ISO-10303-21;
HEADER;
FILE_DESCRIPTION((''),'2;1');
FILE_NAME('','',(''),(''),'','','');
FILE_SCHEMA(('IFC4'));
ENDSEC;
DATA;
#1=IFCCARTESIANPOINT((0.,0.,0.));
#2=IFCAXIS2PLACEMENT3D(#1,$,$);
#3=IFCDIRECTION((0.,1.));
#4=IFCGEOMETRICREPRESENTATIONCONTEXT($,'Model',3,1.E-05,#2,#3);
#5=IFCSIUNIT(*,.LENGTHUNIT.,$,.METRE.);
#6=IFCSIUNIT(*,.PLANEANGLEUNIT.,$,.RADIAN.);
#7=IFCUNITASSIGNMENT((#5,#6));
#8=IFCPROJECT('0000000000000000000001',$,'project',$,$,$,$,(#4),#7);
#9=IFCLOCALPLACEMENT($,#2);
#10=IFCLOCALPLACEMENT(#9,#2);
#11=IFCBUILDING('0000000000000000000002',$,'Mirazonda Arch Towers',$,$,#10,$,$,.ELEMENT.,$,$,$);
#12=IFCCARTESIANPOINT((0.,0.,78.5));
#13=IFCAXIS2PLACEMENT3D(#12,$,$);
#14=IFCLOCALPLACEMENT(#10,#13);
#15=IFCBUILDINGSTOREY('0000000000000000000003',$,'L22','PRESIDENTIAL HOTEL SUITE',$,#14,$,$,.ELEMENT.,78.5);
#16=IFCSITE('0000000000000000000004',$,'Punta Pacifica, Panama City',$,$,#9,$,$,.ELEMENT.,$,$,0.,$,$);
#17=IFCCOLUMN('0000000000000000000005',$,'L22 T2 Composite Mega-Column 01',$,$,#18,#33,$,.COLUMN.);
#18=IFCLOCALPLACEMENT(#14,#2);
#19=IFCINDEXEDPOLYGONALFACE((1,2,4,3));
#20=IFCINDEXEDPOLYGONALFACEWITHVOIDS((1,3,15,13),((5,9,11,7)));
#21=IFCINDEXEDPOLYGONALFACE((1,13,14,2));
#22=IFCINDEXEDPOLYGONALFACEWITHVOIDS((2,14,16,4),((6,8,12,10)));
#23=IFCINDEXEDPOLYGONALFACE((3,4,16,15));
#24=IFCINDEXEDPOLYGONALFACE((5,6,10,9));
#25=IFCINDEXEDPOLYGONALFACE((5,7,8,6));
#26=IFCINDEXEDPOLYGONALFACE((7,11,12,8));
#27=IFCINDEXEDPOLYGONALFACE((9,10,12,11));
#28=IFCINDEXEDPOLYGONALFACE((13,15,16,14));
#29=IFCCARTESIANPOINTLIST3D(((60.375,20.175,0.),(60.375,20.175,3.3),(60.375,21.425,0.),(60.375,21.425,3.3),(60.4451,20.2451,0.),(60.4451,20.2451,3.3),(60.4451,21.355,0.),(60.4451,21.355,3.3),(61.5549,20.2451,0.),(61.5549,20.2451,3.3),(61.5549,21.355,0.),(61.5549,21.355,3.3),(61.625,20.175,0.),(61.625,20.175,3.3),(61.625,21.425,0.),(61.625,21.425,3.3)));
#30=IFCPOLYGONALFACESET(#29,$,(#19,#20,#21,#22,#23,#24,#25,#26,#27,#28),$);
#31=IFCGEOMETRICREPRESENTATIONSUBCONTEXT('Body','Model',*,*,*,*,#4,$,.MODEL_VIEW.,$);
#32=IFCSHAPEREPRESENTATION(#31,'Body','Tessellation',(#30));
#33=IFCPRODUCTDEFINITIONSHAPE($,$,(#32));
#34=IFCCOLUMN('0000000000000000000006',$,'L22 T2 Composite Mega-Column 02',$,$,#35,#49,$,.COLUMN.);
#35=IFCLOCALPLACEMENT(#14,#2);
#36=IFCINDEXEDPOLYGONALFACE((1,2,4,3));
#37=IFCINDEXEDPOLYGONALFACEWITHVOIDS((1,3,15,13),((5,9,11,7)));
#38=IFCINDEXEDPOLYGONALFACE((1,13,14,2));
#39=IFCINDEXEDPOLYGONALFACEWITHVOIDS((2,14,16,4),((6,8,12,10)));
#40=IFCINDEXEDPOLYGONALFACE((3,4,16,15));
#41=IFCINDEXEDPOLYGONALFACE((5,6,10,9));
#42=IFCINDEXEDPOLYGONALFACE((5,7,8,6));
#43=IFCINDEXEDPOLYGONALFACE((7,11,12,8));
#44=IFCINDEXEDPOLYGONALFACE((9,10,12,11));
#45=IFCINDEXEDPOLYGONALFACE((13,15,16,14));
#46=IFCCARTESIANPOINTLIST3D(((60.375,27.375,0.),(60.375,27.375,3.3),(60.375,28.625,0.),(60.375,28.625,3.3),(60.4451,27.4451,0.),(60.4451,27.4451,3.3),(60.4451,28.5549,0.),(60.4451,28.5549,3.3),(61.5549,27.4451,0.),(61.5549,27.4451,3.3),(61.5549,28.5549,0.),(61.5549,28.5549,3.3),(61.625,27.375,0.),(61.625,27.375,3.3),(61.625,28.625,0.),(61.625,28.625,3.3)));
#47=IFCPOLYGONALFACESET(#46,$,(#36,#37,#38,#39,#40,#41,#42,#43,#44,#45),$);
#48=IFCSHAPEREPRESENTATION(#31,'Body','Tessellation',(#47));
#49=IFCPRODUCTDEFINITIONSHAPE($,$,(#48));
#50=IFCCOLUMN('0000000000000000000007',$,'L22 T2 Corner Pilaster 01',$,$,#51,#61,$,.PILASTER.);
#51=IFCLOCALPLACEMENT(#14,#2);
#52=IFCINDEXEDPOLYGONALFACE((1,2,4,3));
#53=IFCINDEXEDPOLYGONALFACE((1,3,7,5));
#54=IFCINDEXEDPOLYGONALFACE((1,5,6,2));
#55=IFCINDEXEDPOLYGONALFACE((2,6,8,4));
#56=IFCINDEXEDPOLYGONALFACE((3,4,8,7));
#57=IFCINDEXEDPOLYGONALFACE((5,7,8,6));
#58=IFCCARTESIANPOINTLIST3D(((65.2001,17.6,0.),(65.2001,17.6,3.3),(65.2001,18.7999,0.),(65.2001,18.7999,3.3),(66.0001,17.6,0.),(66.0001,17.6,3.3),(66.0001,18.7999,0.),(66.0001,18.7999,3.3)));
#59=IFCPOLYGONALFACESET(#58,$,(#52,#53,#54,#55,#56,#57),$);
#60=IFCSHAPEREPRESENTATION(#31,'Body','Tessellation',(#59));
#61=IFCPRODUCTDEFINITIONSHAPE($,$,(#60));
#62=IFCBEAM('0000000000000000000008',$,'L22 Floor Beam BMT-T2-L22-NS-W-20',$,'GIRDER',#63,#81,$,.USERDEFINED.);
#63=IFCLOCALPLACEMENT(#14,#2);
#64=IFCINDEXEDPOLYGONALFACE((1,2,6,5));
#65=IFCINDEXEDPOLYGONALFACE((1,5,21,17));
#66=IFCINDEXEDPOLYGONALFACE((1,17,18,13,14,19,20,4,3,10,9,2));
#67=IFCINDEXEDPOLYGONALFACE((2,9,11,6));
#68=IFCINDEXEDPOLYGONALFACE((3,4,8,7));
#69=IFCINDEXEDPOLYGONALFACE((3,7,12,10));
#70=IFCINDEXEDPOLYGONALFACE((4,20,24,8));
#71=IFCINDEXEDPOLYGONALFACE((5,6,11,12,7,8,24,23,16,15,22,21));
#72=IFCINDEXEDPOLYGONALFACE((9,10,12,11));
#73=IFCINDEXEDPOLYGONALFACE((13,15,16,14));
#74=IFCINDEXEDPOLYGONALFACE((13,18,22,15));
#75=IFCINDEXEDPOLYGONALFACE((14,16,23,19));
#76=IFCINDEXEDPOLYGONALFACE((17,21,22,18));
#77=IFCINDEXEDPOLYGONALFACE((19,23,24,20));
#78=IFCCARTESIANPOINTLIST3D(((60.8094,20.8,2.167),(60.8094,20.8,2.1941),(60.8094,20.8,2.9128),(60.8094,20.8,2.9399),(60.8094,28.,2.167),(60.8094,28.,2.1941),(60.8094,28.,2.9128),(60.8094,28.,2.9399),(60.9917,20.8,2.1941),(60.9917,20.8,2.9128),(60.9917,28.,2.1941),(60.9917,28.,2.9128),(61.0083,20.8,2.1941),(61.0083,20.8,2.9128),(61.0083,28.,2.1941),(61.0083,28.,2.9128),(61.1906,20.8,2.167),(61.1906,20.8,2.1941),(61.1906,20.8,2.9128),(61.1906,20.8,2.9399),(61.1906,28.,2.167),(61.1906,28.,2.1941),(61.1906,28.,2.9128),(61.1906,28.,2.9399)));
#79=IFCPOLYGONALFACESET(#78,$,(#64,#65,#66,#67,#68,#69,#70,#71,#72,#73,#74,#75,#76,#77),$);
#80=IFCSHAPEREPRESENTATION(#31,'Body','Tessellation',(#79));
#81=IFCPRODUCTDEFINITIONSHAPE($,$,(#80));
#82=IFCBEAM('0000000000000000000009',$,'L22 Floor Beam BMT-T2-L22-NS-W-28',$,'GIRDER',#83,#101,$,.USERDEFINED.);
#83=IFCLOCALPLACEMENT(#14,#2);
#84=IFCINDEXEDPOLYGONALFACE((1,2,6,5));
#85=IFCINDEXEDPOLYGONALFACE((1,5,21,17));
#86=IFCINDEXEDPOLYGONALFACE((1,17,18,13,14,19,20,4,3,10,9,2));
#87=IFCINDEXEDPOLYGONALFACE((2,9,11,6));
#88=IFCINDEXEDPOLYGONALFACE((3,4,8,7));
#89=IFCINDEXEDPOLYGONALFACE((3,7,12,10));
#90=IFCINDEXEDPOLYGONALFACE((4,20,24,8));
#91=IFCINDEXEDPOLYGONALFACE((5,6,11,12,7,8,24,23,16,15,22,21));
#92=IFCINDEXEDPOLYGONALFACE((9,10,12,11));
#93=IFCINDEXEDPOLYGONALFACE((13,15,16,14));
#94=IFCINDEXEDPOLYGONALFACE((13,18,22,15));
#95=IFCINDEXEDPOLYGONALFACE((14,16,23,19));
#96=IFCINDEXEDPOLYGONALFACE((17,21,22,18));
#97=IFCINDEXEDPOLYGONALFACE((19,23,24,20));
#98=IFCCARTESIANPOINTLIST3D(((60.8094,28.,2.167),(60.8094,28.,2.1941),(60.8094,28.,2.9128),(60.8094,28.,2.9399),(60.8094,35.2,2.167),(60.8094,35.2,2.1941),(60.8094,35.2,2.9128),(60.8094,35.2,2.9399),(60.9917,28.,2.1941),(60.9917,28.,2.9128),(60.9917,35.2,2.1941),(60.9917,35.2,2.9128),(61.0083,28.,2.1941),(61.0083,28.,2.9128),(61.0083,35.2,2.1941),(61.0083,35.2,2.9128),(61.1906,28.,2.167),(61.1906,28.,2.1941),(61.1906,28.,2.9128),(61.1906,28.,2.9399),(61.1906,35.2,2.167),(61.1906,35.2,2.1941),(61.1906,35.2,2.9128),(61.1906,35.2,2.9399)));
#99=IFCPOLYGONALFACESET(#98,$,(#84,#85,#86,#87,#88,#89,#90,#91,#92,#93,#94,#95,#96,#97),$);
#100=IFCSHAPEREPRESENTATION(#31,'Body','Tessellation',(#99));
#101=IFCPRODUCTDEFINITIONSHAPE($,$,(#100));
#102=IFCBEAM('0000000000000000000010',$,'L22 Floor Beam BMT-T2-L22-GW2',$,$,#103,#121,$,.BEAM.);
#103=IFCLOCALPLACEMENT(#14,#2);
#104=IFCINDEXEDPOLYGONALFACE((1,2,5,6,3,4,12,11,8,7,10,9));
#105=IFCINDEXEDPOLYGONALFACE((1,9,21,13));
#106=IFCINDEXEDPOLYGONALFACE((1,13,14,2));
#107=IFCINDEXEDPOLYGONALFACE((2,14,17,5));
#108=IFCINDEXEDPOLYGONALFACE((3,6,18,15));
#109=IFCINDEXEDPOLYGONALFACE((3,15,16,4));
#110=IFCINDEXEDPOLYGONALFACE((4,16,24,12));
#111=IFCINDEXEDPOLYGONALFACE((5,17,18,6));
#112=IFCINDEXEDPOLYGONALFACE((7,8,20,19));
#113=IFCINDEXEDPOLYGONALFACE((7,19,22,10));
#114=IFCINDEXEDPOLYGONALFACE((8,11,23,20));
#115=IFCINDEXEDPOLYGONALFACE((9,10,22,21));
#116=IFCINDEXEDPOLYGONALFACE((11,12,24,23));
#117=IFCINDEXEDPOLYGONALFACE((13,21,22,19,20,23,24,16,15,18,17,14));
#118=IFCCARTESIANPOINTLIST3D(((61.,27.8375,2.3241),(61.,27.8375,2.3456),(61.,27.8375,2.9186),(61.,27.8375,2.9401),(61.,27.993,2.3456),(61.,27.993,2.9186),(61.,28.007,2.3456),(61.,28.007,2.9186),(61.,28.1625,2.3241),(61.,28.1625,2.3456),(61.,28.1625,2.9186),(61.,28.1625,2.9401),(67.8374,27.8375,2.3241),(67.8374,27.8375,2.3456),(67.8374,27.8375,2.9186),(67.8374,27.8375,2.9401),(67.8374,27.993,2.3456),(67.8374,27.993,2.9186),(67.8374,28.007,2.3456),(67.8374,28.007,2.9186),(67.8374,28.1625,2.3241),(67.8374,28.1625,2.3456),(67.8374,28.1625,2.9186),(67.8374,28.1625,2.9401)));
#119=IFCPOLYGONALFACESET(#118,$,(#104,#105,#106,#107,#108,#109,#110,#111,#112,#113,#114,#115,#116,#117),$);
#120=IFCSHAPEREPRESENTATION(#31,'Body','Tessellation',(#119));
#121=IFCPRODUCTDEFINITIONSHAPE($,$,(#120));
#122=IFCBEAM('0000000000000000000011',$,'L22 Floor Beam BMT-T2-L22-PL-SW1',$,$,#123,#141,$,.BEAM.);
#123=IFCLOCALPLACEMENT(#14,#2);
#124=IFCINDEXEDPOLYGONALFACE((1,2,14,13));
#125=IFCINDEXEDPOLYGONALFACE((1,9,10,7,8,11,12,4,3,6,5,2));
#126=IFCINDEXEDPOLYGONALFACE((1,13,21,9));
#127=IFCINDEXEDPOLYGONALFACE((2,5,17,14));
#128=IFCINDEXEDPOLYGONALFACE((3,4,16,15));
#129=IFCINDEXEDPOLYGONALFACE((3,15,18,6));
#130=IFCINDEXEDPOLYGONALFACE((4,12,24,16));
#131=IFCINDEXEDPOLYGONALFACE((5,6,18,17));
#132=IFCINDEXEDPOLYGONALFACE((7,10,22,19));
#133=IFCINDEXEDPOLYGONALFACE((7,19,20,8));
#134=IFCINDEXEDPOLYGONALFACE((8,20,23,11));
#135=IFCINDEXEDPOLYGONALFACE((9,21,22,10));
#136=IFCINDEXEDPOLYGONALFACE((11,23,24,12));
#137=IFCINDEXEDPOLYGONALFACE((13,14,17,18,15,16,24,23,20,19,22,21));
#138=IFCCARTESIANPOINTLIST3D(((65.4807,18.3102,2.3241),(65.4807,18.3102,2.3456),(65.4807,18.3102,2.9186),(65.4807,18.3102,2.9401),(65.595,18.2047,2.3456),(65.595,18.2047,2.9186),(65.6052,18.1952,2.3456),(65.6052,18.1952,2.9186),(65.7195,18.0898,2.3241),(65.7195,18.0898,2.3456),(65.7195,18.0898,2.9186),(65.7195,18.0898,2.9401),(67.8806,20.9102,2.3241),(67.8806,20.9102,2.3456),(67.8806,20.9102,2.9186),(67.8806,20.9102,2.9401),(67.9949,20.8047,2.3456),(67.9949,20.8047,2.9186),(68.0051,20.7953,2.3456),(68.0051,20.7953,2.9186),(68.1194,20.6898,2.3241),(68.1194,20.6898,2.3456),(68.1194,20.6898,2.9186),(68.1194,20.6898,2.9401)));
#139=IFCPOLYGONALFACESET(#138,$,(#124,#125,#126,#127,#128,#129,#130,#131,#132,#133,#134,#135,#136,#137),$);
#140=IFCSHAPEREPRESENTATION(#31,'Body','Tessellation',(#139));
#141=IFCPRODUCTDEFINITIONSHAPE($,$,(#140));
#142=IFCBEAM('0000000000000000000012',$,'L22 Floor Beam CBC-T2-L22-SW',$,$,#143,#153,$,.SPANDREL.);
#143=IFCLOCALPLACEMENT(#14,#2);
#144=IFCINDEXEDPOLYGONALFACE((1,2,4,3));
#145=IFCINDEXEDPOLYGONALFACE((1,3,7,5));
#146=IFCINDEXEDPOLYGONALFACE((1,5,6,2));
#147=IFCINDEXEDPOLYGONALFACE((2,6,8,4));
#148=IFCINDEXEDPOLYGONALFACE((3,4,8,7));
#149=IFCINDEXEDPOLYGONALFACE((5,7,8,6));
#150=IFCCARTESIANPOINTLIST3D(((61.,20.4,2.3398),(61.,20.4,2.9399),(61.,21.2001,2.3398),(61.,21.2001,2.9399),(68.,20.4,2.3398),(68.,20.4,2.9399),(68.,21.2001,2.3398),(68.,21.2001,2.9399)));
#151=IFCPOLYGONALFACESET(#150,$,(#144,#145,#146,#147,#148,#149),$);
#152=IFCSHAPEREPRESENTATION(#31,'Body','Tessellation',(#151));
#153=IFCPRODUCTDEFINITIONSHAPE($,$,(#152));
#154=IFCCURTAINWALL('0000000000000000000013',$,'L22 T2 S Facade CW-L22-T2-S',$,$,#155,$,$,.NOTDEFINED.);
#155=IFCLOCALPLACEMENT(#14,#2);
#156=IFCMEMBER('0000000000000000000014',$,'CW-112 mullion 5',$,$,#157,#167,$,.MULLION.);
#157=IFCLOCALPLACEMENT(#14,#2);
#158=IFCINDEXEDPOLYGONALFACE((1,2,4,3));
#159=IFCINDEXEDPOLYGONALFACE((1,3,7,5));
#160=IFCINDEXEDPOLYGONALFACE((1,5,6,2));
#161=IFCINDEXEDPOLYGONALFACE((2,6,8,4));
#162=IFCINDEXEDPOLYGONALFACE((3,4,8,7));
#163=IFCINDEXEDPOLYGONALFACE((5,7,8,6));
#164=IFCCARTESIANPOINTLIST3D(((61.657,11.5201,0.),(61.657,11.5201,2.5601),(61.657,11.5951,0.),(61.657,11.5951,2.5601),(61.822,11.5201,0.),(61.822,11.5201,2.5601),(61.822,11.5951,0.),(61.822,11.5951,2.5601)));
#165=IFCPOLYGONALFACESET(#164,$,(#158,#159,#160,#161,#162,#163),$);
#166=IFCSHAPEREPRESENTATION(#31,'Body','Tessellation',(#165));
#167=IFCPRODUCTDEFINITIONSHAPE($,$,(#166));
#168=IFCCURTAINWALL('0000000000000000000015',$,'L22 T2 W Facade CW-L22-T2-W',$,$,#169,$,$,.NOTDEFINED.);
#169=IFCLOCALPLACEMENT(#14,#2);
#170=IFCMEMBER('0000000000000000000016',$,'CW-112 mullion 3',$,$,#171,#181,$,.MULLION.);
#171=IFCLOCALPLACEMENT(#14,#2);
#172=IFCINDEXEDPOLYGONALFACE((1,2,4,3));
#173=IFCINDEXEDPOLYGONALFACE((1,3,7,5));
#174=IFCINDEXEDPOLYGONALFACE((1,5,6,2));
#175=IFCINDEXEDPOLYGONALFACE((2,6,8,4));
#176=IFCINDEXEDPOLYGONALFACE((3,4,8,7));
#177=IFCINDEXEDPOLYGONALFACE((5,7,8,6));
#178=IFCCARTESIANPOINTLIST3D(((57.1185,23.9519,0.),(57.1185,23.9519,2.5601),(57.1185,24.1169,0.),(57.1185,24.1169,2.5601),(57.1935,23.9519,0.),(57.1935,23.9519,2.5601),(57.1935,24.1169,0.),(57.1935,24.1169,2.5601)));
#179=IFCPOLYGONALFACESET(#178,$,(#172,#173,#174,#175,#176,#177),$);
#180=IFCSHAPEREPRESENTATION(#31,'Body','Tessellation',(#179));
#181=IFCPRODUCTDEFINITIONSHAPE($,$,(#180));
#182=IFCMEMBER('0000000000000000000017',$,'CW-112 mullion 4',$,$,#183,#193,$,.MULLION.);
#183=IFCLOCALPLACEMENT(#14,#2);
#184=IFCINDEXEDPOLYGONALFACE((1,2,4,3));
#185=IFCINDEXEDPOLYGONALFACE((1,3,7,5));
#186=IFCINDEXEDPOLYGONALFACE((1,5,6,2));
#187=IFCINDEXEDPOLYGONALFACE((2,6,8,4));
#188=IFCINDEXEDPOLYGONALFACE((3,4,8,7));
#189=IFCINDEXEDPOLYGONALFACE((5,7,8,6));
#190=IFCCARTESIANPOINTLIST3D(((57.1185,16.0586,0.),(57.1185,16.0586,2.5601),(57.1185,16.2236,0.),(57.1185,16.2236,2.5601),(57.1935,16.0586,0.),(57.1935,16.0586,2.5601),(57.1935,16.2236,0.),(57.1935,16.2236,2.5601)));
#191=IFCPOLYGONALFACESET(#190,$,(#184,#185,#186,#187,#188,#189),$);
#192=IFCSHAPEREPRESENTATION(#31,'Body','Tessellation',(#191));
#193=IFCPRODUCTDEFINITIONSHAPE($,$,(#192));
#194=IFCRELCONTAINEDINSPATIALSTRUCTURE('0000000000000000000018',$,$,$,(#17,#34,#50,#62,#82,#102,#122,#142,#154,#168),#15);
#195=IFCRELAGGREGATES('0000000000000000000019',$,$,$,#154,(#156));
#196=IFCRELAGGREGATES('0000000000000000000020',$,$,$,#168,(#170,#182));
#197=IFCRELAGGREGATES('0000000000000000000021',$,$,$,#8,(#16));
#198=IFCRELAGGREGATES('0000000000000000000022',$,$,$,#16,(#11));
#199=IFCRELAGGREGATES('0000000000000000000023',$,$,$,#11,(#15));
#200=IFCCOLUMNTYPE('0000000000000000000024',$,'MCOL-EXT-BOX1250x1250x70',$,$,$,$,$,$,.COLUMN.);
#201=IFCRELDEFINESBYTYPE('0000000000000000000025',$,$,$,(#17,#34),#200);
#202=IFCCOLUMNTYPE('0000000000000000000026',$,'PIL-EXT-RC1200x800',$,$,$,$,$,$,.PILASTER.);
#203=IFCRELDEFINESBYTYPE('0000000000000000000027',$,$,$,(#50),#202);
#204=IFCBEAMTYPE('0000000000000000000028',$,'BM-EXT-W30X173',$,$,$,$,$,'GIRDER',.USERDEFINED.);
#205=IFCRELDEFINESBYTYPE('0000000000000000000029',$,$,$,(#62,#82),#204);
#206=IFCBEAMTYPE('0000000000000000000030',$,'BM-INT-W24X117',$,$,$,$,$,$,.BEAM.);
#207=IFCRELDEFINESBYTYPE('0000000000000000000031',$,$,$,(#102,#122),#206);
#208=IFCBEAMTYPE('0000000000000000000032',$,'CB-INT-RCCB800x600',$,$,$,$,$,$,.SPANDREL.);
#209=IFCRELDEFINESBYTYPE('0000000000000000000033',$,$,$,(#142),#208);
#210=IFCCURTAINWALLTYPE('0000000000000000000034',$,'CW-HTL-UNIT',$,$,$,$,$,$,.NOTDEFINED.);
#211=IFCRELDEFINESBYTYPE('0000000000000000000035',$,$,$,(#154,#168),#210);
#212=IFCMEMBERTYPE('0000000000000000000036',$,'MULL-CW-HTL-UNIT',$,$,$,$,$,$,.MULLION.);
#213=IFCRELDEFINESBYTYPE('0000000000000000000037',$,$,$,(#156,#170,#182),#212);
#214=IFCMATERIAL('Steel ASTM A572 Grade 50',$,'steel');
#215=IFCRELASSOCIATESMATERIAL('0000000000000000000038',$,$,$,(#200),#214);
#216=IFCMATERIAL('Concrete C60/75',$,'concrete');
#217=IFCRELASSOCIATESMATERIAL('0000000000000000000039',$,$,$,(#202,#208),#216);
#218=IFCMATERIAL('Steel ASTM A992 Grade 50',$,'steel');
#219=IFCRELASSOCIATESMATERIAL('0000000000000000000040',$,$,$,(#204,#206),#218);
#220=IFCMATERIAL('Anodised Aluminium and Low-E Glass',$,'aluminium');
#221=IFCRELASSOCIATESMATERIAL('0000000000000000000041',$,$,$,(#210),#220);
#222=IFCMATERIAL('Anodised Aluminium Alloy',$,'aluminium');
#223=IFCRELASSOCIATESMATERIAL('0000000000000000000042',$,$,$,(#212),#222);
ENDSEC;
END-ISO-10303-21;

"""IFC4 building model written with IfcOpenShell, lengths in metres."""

from ifc_helpers import new_model, si_unit, direction, frame, origin, origin_2d, place, context, subcontext, project, spatial, rectangle, hollow_rectangle, i_section, extrude, material, material_profile, profile_set, type_object, element, aggregate, save


model = new_model("IFC4")

# Units and contexts
model_context = context("Model", 3, precision=1e-05, world=origin(), true_north=direction((0.0, 1.0)))
body_context = subcontext(model_context, "Body", "Model", "MODEL_VIEW")
ifc_project = project(units=[si_unit("LENGTHUNIT", "METRE"), si_unit("PLANEANGLEUNIT", "RADIAN")], contexts=[model_context])

# Site, building, storey
site_placement = place(None, origin())
site = spatial("IfcSite", under=ifc_project, at=site_placement, Name="Punta Pacifica, Panama City", CompositionType="ELEMENT", RefElevation=0.0)
building_placement = place(site_placement, origin())
building = spatial("IfcBuilding", under=site, at=building_placement, Name="Mirazonda Arch Towers", CompositionType="ELEMENT")
storey_placement = place(building_placement, frame((0.0, 0.0, 78.5)))
storey = spatial("IfcBuildingStorey", under=building, at=storey_placement, Name="L22", Description="PRESIDENTIAL HOTEL SUITE", CompositionType="ELEMENT", Elevation=78.5)

# Columns
ifc_material_1 = material(Name="Steel ASTM A572 Grade 50", Category="steel")
ifc_material_profile_1 = material_profile(ifc_material_1, hollow_rectangle(XDim=1.25, YDim=1.25, WallThickness=0.0701, at=origin_2d()), Name="BOX1250x1250x70")
ifc_profile_set_1 = profile_set([ifc_material_profile_1], Name="Steel ASTM A572 Grade 50")
column_type_1 = type_object("IfcColumnType", Name="MCOL-EXT-BOX1250x1250x70", PredefinedType="COLUMN", material=ifc_profile_set_1)
for number, where, z_axis, x_axis, name in (
    (1, (61.0, 20.8, 0.0), (0.0, 0.0, 1.0), (1.0, 0.0, 0.0), "L22 T2 Composite Mega-Column 01"),
    (2, (61.0, 28.0, 0.0), (0.0, 0.0, 1.0), (1.0, 0.0, 0.0), "L22 T2 Composite Mega-Column 02"),
):
    element("IfcColumn", number, at=place(storey_placement, frame(where, z_axis=z_axis, x_axis=x_axis)), inside=storey, type_object=column_type_1, Name=name, PredefinedType="COLUMN", context=body_context, shape_type="SweptSolid", body=[
        extrude(hollow_rectangle(XDim=1.25, YDim=1.25, WallThickness=0.0701, at=origin_2d()), origin(), (0.0, 0.0, 1.0), 3.3),
    ])
ifc_material_2 = material(Name="Concrete C60/75", Category="concrete")
ifc_material_profile_2 = material_profile(ifc_material_2, rectangle(XDim=0.8, YDim=1.2, at=origin_2d()), Name="RC1200x800")
ifc_profile_set_2 = profile_set([ifc_material_profile_2], Name="Concrete C60/75")
column_type_2 = type_object("IfcColumnType", Name="PIL-EXT-RC1200x800", PredefinedType="PILASTER", material=ifc_profile_set_2)
column_placement = place(storey_placement, frame((65.6001, 18.2, 0.0), z_axis=(0.0, 0.0, 1.0), x_axis=(1.0, 0.0, 0.0)))
element("IfcColumn", 3, at=column_placement, inside=storey, type_object=column_type_2, Name="L22 T2 Corner Pilaster 01", PredefinedType="PILASTER", context=body_context, shape_type="SweptSolid", body=[
    extrude(rectangle(XDim=0.8, YDim=1.2, at=origin_2d()), origin(), (0.0, 0.0, 1.0), 3.3),
])

# Beams
ifc_material_3 = material(Name="Steel ASTM A992 Grade 50", Category="steel")
ifc_material_profile_3 = material_profile(ifc_material_3, i_section(OverallWidth=0.3811, OverallDepth=0.7729, WebThickness=0.0166, FlangeThickness=0.0271, at=origin_2d()), Name="W30X173")
ifc_profile_set_3 = profile_set([ifc_material_profile_3], Name="Steel ASTM A992 Grade 50")
beam_type_1 = type_object("IfcBeamType", Name="BM-EXT-W30X173", ElementType="GIRDER", PredefinedType="USERDEFINED", material=ifc_profile_set_3)
for number, where, z_axis, x_axis, name in (
    (4, (61.0, 20.8, 2.5535), (0.0, 1.0, 0.0), (-1.0, 0.0, 0.0), "L22 Floor Beam BMT-T2-L22-NS-W-20"),
    (5, (61.0, 28.0, 2.5535), (0.0, 1.0, 0.0), (-1.0, 0.0, 0.0), "L22 Floor Beam BMT-T2-L22-NS-W-28"),
):
    element("IfcBeam", number, at=place(storey_placement, frame(where, z_axis=z_axis, x_axis=x_axis)), inside=storey, type_object=beam_type_1, Name=name, ObjectType="GIRDER", PredefinedType="USERDEFINED", context=body_context, shape_type="SweptSolid", body=[
        extrude(i_section(OverallWidth=0.3811, OverallDepth=0.7729, WebThickness=0.0166, FlangeThickness=0.0271, at=origin_2d()), origin(), (0.0, 0.0, 1.0), 7.2),
    ])
ifc_material_profile_4 = material_profile(ifc_material_3, i_section(OverallWidth=0.325, OverallDepth=0.616, WebThickness=0.0139, FlangeThickness=0.0215, at=origin_2d()), Name="W24X117")
ifc_profile_set_4 = profile_set([ifc_material_profile_4], Name="Steel ASTM A992 Grade 50")
beam_type_2 = type_object("IfcBeamType", Name="BM-INT-W24X117", PredefinedType="BEAM", material=ifc_profile_set_4)
beam_1_placement = place(storey_placement, frame((61.0, 28.0, 2.6321), z_axis=(1.0, 0.0, 0.0), x_axis=(0.0, 1.0, 0.0)))
element("IfcBeam", 6, at=beam_1_placement, inside=storey, type_object=beam_type_2, Name="L22 Floor Beam BMT-T2-L22-GW2", PredefinedType="BEAM", context=body_context, shape_type="SweptSolid", body=[
    extrude(i_section(OverallWidth=0.325, OverallDepth=0.616, WebThickness=0.0139, FlangeThickness=0.0215, at=origin_2d()), origin(), (0.0, 0.0, 1.0), 6.8374),
])
beam_2_placement = place(storey_placement, frame((65.6001, 18.2, 2.6321), z_axis=(0.678251, 0.73483, 0.0), x_axis=(-0.73483, 0.678251, 0.0)))
element("IfcBeam", 7, at=beam_2_placement, inside=storey, type_object=beam_type_2, Name="L22 Floor Beam BMT-T2-L22-PL-SW1", PredefinedType="BEAM", context=body_context, shape_type="SweptSolid", body=[
    extrude(i_section(OverallWidth=0.325, OverallDepth=0.616, WebThickness=0.0139, FlangeThickness=0.0215, at=origin_2d()), origin(), (0.0, 0.0, 1.0), 3.5383),
])
ifc_material_profile_5 = material_profile(ifc_material_2, rectangle(XDim=0.8, YDim=0.6001, at=origin_2d()), Name="RCCB800x600")
ifc_profile_set_5 = profile_set([ifc_material_profile_5], Name="Concrete C60/75")
beam_type_3 = type_object("IfcBeamType", Name="CB-INT-RCCB800x600", PredefinedType="SPANDREL", material=ifc_profile_set_5)
beam_3_placement = place(storey_placement, frame((61.0, 20.8, 2.6399), z_axis=(1.0, 0.0, 0.0), x_axis=(0.0, 1.0, 0.0)))
element("IfcBeam", 8, at=beam_3_placement, inside=storey, type_object=beam_type_3, Name="L22 Floor Beam CBC-T2-L22-SW", PredefinedType="SPANDREL", context=body_context, shape_type="SweptSolid", body=[
    extrude(rectangle(XDim=0.8, YDim=0.6001, at=origin_2d()), origin(), (0.0, 0.0, 1.0), 7.0),
])

# Curtain wall, member
ifc_material_4 = material(Name="Anodised Aluminium and Low-E Glass", Category="aluminium")
curtain_wall_type = type_object("IfcCurtainWallType", Name="CW-HTL-UNIT", PredefinedType="NOTDEFINED", material=ifc_material_4)
curtain_wall_1_placement = place(storey_placement, origin())
curtain_wall_1 = element("IfcCurtainWall", 9, at=curtain_wall_1_placement, inside=storey, type_object=curtain_wall_type, Name="L22 T2 S Facade CW-L22-T2-S", PredefinedType="NOTDEFINED")
ifc_material_5 = material(Name="Anodised Aluminium Alloy", Category="aluminium")
ifc_material_profile_6 = material_profile(ifc_material_5, rectangle(XDim=0.075, YDim=0.165, at=origin_2d()), Name="ALU-MULL-75x165")
ifc_profile_set_6 = profile_set([ifc_material_profile_6], Name="Anodised Aluminium Alloy")
member_type_1 = type_object("IfcMemberType", Name="MULL-CW-HTL-UNIT", PredefinedType="MULLION", material=ifc_profile_set_6)
member_1_placement = place(storey_placement, frame((61.7395, 11.5576, 0.0), z_axis=(0.0, 0.0, 1.0), x_axis=(0.0, -1.0, 0.0)))
member_1 = element("IfcMember", 10, at=member_1_placement, type_object=member_type_1, Name="CW-112 mullion 5", PredefinedType="MULLION", context=body_context, shape_type="SweptSolid", body=[
    extrude(rectangle(XDim=0.075, YDim=0.165, at=origin_2d()), origin(), (0.0, 0.0, 1.0), 2.5601),
])

# Curtain wall, members
curtain_wall_2_placement = place(storey_placement, origin())
curtain_wall_2 = element("IfcCurtainWall", 11, at=curtain_wall_2_placement, inside=storey, type_object=curtain_wall_type, Name="L22 T2 W Facade CW-L22-T2-W", PredefinedType="NOTDEFINED")
member_2_placement = place(storey_placement, frame((57.156, 24.0344, 0.0), z_axis=(0.0, 0.0, 1.0), x_axis=(1.0, 0.0, 0.0)))
member_2 = element("IfcMember", 12, at=member_2_placement, type_object=member_type_1, Name="CW-112 mullion 3", PredefinedType="MULLION", context=body_context, shape_type="SweptSolid", body=[
    extrude(rectangle(XDim=0.075, YDim=0.165, at=origin_2d()), origin(), (0.0, 0.0, 1.0), 2.5601),
])
member_3_placement = place(storey_placement, frame((57.156, 16.1411, 0.0), z_axis=(0.0, 0.0, 1.0), x_axis=(1.0, 0.0, 0.0)))
member_3 = element("IfcMember", 13, at=member_3_placement, type_object=member_type_1, Name="CW-112 mullion 4", PredefinedType="MULLION", context=body_context, shape_type="SweptSolid", body=[
    extrude(rectangle(XDim=0.075, YDim=0.165, at=origin_2d()), origin(), (0.0, 0.0, 1.0), 2.5601),
])

aggregate(curtain_wall_1, [member_1])
aggregate(curtain_wall_2, [member_2, member_3])

save(model, "model.ifc")
